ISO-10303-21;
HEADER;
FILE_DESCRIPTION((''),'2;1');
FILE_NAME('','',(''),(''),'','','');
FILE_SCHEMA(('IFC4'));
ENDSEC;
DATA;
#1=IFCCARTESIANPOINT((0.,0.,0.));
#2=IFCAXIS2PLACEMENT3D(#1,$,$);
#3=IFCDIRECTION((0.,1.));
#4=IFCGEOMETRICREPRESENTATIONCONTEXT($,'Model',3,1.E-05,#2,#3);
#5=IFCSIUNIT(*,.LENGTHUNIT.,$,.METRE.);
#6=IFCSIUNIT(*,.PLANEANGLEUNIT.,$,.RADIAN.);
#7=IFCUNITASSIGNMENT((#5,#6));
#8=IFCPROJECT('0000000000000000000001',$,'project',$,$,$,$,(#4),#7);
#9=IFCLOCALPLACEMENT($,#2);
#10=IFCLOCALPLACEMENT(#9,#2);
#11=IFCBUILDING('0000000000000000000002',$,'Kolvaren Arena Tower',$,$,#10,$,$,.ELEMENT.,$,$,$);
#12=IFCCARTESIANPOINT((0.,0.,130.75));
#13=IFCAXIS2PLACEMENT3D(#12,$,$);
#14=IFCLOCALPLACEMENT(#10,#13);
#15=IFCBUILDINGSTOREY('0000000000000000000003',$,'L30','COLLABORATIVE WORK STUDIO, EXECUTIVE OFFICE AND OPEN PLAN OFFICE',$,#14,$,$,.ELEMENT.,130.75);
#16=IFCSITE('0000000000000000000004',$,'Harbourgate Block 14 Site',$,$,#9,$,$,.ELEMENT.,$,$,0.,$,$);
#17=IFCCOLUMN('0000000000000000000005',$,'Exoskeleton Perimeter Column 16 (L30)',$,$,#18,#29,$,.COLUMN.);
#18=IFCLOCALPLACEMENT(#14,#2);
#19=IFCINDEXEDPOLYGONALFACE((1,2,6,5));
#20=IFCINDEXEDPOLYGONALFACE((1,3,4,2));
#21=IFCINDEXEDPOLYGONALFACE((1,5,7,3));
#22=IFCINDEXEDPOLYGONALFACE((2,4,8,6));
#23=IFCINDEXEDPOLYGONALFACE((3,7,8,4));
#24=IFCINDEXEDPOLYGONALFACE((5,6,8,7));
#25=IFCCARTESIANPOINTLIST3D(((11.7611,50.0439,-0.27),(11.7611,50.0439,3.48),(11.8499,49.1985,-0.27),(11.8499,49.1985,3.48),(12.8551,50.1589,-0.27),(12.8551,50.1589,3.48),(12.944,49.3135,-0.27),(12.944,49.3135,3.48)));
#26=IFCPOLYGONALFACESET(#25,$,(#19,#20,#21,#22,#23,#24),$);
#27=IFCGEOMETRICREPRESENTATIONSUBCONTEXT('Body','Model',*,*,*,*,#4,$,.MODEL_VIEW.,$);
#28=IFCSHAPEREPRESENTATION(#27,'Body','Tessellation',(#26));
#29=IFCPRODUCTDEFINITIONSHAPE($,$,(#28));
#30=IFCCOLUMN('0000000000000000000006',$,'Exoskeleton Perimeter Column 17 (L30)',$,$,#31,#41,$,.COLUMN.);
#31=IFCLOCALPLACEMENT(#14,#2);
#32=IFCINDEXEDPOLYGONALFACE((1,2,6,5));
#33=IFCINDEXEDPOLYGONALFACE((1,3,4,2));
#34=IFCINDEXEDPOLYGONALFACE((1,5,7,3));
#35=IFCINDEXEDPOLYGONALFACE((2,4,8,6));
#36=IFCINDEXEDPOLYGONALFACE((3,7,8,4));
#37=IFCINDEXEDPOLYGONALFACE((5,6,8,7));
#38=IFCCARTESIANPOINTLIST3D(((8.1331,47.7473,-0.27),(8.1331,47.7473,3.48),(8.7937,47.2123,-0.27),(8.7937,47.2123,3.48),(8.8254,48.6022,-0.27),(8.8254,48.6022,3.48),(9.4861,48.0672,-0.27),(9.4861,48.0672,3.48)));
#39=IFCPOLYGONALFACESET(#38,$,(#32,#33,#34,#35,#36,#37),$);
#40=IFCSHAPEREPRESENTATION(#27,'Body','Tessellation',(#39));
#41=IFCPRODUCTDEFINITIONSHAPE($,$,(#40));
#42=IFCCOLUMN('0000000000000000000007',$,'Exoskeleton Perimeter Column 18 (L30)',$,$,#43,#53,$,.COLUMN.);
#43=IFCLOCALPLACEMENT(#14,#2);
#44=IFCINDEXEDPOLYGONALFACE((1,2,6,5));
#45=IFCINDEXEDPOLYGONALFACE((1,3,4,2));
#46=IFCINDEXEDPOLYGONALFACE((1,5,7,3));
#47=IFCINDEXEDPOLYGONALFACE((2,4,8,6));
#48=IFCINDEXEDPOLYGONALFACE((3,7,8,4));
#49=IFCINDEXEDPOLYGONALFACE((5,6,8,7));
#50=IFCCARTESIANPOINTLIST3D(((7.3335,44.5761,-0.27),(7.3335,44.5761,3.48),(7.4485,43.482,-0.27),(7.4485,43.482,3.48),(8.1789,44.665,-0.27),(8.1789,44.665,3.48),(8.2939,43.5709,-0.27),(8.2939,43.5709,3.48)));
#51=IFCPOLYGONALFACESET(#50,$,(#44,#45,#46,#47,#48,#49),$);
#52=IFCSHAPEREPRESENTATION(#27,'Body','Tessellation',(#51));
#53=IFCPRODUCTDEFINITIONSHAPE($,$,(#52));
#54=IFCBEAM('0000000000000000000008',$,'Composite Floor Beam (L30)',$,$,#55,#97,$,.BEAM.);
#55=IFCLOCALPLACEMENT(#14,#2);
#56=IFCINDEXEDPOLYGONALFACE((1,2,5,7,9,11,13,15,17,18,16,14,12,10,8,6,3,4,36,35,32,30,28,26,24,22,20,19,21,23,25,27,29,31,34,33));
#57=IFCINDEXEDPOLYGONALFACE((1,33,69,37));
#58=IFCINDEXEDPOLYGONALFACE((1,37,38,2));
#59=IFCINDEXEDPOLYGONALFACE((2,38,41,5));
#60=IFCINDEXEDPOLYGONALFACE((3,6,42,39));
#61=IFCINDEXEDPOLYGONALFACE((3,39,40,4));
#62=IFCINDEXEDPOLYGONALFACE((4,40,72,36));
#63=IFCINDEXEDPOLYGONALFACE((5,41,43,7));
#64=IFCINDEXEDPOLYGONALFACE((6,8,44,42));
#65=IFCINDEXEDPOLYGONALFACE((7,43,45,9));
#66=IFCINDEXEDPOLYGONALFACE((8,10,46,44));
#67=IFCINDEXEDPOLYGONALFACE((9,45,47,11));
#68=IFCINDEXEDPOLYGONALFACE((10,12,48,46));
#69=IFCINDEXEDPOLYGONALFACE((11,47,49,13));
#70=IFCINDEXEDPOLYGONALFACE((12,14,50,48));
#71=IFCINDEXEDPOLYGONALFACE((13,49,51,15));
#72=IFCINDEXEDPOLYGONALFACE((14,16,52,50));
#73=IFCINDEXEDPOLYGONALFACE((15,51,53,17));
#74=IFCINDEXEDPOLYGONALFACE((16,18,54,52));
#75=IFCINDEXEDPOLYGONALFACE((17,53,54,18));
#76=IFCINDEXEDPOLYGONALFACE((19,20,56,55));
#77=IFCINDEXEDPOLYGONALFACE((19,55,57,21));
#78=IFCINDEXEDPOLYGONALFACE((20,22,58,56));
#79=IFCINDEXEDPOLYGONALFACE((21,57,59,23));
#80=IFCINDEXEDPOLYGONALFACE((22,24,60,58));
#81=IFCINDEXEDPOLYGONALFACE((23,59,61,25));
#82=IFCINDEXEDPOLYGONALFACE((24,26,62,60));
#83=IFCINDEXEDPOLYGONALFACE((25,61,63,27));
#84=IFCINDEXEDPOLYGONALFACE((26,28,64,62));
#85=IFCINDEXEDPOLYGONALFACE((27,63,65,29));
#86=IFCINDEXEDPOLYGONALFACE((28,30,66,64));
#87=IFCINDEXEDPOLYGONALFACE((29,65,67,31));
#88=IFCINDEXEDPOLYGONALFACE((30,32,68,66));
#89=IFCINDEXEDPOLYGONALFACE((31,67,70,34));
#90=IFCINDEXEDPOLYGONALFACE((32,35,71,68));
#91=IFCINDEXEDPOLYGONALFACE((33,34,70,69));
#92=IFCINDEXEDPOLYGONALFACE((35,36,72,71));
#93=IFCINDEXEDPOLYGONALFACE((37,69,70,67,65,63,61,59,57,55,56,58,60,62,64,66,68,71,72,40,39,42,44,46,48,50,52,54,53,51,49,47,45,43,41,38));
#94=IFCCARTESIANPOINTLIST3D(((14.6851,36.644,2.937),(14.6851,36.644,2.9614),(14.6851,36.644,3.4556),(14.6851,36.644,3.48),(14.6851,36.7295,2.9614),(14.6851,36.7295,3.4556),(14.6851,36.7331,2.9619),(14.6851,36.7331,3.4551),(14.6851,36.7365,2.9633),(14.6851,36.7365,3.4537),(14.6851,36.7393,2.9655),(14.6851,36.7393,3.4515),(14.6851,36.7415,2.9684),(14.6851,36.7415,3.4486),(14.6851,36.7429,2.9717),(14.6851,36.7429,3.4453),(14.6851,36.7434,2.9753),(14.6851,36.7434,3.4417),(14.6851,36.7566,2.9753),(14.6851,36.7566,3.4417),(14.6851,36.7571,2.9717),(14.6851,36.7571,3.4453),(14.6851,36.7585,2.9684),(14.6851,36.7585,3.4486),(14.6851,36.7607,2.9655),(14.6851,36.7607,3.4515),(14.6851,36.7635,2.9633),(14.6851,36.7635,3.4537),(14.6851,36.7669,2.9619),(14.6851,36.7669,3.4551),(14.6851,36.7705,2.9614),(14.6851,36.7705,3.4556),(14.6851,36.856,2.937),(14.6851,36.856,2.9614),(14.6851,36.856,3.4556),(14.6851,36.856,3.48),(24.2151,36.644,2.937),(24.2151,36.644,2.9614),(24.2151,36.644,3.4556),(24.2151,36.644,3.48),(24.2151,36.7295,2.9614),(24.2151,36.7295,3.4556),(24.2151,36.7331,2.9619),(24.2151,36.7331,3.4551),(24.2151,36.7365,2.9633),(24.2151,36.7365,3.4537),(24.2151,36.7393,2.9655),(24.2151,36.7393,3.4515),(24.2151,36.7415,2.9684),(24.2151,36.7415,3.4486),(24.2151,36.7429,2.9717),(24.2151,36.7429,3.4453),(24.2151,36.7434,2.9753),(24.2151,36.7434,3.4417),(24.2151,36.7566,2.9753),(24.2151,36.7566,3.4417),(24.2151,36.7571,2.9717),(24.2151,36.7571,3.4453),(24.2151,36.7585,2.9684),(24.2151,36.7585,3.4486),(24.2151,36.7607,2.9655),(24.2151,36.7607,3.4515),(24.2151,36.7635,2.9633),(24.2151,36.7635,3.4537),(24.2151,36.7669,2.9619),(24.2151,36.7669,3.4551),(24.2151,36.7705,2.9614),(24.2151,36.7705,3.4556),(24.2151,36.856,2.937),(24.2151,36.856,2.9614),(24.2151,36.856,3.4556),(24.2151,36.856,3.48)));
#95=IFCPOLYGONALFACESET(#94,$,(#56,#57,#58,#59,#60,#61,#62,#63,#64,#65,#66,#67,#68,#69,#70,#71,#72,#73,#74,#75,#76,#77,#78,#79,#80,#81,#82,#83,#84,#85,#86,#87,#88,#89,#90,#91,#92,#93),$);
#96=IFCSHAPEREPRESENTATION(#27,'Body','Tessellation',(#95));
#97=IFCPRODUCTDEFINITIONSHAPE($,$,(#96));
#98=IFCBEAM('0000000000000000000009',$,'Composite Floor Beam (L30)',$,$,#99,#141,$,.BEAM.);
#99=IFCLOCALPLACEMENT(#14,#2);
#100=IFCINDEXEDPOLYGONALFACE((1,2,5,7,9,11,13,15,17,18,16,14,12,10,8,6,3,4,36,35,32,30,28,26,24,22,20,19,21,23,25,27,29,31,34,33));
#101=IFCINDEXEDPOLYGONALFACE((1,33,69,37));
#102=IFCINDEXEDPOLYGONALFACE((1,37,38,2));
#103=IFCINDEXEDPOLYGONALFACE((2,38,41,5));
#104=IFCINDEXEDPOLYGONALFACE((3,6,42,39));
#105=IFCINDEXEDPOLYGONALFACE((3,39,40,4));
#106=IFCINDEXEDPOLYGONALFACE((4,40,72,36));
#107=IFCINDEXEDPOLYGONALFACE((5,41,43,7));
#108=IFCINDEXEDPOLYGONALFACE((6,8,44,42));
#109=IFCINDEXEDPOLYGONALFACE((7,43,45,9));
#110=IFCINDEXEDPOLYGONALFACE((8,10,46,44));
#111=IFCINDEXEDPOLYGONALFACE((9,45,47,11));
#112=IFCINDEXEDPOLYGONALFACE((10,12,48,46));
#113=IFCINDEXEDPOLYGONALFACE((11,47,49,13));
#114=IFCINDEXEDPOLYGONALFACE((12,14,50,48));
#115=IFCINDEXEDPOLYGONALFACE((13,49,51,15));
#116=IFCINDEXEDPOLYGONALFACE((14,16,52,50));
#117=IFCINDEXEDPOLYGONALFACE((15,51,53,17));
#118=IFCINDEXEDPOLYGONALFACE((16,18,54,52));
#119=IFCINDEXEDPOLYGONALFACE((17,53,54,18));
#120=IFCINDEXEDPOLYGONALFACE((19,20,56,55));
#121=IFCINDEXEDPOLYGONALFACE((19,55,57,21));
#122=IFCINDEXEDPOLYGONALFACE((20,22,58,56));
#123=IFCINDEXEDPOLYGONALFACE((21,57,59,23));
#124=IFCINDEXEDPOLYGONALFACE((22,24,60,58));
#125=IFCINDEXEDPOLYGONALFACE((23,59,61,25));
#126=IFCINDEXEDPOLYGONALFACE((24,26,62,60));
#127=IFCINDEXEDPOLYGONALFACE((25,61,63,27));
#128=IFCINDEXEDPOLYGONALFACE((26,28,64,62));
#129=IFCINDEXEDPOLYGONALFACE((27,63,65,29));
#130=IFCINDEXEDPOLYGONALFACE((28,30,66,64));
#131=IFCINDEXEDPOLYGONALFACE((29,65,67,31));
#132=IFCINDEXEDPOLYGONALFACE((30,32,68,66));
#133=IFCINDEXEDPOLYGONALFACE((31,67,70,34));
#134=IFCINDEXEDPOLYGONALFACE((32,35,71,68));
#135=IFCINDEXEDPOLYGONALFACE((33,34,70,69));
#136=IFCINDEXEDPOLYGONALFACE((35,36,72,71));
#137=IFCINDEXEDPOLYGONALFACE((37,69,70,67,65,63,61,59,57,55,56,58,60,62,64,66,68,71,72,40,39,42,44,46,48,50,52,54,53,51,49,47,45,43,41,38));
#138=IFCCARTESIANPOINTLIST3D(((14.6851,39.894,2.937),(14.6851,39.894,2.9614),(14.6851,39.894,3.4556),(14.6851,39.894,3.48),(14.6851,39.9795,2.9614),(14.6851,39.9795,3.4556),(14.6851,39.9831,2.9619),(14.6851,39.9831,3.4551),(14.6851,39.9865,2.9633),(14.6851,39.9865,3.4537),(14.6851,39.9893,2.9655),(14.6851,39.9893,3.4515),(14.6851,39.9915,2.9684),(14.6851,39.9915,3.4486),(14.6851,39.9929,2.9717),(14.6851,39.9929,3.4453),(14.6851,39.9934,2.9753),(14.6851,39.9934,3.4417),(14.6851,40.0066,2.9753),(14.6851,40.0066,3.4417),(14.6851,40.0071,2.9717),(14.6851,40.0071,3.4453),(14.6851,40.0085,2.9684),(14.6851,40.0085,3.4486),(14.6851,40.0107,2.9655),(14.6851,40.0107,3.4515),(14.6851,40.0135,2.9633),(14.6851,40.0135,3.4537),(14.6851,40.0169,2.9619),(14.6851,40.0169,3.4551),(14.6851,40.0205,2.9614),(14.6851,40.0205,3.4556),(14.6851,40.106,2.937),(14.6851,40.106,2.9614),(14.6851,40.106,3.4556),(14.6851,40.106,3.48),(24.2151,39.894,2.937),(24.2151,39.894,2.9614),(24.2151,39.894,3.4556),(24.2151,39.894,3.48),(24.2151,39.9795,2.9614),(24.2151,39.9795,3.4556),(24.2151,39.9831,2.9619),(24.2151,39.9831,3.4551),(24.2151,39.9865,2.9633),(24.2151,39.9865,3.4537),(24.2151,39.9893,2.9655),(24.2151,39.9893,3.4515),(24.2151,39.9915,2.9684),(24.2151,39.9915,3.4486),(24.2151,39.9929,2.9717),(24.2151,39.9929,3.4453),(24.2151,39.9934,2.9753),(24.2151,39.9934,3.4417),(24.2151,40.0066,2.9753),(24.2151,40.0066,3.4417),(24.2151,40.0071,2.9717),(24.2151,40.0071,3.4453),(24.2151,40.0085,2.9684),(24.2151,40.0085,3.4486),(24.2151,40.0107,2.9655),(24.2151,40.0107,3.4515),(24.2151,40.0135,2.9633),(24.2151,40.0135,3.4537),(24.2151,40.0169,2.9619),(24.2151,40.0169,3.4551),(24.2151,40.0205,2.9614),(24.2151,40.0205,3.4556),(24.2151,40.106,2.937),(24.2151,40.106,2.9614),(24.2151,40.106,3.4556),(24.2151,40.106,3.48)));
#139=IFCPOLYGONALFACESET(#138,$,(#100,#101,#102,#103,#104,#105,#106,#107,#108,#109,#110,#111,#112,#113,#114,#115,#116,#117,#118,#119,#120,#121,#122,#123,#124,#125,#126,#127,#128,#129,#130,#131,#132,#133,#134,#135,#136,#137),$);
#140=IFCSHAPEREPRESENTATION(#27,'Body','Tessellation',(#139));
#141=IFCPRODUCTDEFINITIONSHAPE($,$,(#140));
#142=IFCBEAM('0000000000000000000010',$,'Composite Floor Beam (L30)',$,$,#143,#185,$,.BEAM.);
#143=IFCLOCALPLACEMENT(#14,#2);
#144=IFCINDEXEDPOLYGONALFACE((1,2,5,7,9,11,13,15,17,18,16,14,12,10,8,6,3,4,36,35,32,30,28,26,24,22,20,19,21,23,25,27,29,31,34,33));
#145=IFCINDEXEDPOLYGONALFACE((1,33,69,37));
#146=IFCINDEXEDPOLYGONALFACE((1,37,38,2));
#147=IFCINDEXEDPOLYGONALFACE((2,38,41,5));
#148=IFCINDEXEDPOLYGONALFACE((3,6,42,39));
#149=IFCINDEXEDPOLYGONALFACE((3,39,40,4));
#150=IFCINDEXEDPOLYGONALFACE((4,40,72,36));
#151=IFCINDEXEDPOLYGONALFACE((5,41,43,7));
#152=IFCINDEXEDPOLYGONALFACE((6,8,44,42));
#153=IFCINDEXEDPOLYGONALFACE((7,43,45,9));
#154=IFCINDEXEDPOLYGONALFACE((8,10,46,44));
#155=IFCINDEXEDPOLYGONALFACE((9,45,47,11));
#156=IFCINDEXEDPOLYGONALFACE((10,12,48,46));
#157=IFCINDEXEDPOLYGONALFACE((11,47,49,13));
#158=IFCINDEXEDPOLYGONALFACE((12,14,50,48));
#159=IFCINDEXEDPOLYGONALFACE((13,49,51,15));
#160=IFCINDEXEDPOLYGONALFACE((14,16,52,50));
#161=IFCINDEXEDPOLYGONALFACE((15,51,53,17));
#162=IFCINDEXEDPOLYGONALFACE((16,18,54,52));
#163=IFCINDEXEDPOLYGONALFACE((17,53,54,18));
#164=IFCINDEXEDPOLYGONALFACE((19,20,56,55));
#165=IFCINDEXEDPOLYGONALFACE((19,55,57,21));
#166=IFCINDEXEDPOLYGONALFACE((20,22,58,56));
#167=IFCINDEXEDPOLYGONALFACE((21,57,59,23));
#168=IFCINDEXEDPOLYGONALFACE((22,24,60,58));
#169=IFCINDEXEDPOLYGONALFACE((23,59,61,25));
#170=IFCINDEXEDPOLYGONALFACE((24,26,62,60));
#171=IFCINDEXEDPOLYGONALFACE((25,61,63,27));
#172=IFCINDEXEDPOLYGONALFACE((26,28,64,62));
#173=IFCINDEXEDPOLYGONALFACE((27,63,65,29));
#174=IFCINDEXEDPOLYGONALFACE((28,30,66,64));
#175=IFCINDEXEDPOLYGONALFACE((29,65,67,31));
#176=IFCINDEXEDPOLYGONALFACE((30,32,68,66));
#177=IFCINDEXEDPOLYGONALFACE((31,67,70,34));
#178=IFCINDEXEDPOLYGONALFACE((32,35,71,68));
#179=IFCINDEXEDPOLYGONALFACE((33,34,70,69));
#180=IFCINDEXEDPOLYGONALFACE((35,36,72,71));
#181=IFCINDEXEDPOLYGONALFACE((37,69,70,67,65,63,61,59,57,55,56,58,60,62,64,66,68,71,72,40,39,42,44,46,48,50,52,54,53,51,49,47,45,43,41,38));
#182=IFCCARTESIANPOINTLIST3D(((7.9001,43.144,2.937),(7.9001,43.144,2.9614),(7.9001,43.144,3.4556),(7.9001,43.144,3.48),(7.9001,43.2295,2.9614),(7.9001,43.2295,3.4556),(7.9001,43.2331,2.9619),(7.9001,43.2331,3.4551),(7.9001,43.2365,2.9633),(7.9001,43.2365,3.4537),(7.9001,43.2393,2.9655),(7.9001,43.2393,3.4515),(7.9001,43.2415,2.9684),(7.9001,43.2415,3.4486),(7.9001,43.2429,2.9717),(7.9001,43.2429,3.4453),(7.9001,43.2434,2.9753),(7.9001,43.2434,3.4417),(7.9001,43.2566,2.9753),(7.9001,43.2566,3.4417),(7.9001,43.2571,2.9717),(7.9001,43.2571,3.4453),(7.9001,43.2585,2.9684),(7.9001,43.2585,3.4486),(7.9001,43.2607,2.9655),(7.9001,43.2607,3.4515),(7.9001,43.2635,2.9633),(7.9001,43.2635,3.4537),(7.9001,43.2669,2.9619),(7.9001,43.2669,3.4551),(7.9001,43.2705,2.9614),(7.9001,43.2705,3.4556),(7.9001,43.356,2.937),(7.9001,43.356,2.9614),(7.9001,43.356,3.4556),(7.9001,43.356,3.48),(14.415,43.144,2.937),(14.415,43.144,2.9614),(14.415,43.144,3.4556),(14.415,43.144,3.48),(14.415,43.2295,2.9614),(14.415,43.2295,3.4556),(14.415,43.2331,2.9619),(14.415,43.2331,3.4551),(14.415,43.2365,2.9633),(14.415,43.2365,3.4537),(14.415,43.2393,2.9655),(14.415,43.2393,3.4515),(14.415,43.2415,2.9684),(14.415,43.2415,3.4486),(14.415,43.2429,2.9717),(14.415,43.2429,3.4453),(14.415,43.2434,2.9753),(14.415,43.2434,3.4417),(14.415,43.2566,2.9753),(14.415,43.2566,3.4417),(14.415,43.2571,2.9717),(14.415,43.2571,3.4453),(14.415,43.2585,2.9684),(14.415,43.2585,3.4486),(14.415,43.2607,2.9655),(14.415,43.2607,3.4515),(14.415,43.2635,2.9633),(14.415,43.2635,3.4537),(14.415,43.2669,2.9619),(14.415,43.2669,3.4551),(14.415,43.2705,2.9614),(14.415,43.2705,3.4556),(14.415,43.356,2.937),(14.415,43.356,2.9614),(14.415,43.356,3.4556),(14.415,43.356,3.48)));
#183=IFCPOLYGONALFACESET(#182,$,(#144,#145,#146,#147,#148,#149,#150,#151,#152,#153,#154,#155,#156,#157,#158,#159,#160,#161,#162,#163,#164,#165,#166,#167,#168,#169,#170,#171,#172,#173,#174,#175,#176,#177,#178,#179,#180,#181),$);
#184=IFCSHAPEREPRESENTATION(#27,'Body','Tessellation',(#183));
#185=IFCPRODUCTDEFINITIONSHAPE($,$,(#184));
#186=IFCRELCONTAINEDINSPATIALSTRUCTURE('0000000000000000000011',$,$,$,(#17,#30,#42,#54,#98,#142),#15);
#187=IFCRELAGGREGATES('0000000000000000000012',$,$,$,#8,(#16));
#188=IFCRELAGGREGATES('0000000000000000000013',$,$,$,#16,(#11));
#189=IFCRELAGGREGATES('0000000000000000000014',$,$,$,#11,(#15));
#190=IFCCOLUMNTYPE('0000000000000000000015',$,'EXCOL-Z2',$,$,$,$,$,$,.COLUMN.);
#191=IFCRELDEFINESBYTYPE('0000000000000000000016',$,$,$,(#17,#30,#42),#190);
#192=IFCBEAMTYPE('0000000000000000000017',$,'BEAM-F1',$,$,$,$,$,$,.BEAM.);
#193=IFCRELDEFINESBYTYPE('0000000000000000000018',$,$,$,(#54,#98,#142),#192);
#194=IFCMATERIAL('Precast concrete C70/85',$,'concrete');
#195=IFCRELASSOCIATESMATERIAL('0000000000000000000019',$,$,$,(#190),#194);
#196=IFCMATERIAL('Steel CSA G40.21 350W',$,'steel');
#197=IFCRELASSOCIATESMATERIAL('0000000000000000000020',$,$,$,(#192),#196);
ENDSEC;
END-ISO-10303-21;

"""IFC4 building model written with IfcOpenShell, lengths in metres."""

from ifc_helpers import new_model, si_unit, direction, frame, origin, origin_2d, place, context, subcontext, project, spatial, rectangle, i_section, extrude, material, material_profile, profile_set, type_object, element, save


model = new_model("IFC4")

# Units and contexts
model_context = context("Model", 3, precision=1e-05, world=origin(), true_north=direction((0.0, 1.0)))
body_context = subcontext(model_context, "Body", "Model", "MODEL_VIEW")
ifc_project = project(units=[si_unit("LENGTHUNIT", "METRE"), si_unit("PLANEANGLEUNIT", "RADIAN")], contexts=[model_context])

# Site, building, storey
site_placement = place(None, origin())
site = spatial("IfcSite", under=ifc_project, at=site_placement, Name="Harbourgate Block 14 Site", CompositionType="ELEMENT", RefElevation=0.0)
building_placement = place(site_placement, origin())
building = spatial("IfcBuilding", under=site, at=building_placement, Name="Kolvaren Arena Tower", CompositionType="ELEMENT")
storey_placement = place(building_placement, frame((0.0, 0.0, 130.75)))
storey = spatial("IfcBuildingStorey", under=building, at=storey_placement, Name="L30", Description="COLLABORATIVE WORK STUDIO, EXECUTIVE OFFICE AND OPEN PLAN OFFICE", CompositionType="ELEMENT", Elevation=130.75)

# Columns
ifc_material_1 = material(Name="Precast concrete C70/85", Category="concrete")
ifc_material_profile_1 = material_profile(ifc_material_1, rectangle(XDim=1.1001, YDim=0.8501, at=origin_2d()), Name="RC-1100x850")
ifc_profile_set_1 = profile_set([ifc_material_profile_1], Name="Precast concrete C70/85")
column_type = type_object("IfcColumnType", Name="EXCOL-Z2", PredefinedType="COLUMN", material=ifc_profile_set_1)
for number, where, z_axis, x_axis, name in (
    (1, (12.3525, 49.6787, -0.27), (0.0, 0.0, 1.0), (0.994522, 0.104528, 0.0), "Exoskeleton Perimeter Column 16 (L30)"),
    (2, (8.8096, 47.9072, -0.27), (0.0, 0.0, 1.0), (0.62932, 0.777146, 0.0), "Exoskeleton Perimeter Column 17 (L30)"),
    (3, (7.8137, 44.0735, -0.27), (0.0, 0.0, 1.0), (-0.104528, 0.994522, 0.0), "Exoskeleton Perimeter Column 18 (L30)"),
):
    element("IfcColumn", number, at=place(storey_placement, frame(where, z_axis=z_axis, x_axis=x_axis)), inside=storey, type_object=column_type, Name=name, PredefinedType="COLUMN", context=body_context, shape_type="SweptSolid", body=[
        extrude(rectangle(XDim=1.1001, YDim=0.8501, at=origin_2d()), origin(), (0.0, 0.0, 1.0), 3.75),
    ])

# Beams
ifc_material_2 = material(Name="Steel CSA G40.21 350W", Category="steel")
ifc_material_profile_2 = material_profile(ifc_material_2, i_section(OverallWidth=0.2119, OverallDepth=0.543, WebThickness=0.0132, FlangeThickness=0.0244, FilletRadius=0.0139, at=origin_2d()), Name="W530x150")
ifc_profile_set_2 = profile_set([ifc_material_profile_2], Name="Steel CSA G40.21 350W")
beam_type_1 = type_object("IfcBeamType", Name="BEAM-F1", PredefinedType="BEAM", material=ifc_profile_set_2)
for number, where, z_axis, x_axis, name in (
    (4, (14.6851, 36.75, 3.2085), (1.0, 0.0, 0.0), (0.0, 1.0, 0.0), "Composite Floor Beam (L30)"),
    (5, (14.6851, 40.0, 3.2085), (1.0, 0.0, 0.0), (0.0, 1.0, 0.0), "Composite Floor Beam (L30)"),
):
    element("IfcBeam", number, at=place(storey_placement, frame(where, z_axis=z_axis, x_axis=x_axis)), inside=storey, type_object=beam_type_1, Name=name, PredefinedType="BEAM", context=body_context, shape_type="SweptSolid", body=[
        extrude(i_section(OverallWidth=0.2119, OverallDepth=0.543, WebThickness=0.0132, FlangeThickness=0.0244, FilletRadius=0.0139, at=origin_2d()), origin(), (0.0, 0.0, 1.0), 9.53),
    ])
beam_1_placement = place(storey_placement, frame((7.9001, 43.25, 3.2085), z_axis=(1.0, 0.0, 0.0), x_axis=(0.0, 1.0, 0.0)))
element("IfcBeam", 6, at=beam_1_placement, inside=storey, type_object=beam_type_1, Name="Composite Floor Beam (L30)", PredefinedType="BEAM", context=body_context, shape_type="SweptSolid", body=[
    extrude(i_section(OverallWidth=0.2119, OverallDepth=0.543, WebThickness=0.0132, FlangeThickness=0.0244, FilletRadius=0.0139, at=origin_2d()), origin(), (0.0, 0.0, 1.0), 6.5149),
])

save(model, "model.ifc")
